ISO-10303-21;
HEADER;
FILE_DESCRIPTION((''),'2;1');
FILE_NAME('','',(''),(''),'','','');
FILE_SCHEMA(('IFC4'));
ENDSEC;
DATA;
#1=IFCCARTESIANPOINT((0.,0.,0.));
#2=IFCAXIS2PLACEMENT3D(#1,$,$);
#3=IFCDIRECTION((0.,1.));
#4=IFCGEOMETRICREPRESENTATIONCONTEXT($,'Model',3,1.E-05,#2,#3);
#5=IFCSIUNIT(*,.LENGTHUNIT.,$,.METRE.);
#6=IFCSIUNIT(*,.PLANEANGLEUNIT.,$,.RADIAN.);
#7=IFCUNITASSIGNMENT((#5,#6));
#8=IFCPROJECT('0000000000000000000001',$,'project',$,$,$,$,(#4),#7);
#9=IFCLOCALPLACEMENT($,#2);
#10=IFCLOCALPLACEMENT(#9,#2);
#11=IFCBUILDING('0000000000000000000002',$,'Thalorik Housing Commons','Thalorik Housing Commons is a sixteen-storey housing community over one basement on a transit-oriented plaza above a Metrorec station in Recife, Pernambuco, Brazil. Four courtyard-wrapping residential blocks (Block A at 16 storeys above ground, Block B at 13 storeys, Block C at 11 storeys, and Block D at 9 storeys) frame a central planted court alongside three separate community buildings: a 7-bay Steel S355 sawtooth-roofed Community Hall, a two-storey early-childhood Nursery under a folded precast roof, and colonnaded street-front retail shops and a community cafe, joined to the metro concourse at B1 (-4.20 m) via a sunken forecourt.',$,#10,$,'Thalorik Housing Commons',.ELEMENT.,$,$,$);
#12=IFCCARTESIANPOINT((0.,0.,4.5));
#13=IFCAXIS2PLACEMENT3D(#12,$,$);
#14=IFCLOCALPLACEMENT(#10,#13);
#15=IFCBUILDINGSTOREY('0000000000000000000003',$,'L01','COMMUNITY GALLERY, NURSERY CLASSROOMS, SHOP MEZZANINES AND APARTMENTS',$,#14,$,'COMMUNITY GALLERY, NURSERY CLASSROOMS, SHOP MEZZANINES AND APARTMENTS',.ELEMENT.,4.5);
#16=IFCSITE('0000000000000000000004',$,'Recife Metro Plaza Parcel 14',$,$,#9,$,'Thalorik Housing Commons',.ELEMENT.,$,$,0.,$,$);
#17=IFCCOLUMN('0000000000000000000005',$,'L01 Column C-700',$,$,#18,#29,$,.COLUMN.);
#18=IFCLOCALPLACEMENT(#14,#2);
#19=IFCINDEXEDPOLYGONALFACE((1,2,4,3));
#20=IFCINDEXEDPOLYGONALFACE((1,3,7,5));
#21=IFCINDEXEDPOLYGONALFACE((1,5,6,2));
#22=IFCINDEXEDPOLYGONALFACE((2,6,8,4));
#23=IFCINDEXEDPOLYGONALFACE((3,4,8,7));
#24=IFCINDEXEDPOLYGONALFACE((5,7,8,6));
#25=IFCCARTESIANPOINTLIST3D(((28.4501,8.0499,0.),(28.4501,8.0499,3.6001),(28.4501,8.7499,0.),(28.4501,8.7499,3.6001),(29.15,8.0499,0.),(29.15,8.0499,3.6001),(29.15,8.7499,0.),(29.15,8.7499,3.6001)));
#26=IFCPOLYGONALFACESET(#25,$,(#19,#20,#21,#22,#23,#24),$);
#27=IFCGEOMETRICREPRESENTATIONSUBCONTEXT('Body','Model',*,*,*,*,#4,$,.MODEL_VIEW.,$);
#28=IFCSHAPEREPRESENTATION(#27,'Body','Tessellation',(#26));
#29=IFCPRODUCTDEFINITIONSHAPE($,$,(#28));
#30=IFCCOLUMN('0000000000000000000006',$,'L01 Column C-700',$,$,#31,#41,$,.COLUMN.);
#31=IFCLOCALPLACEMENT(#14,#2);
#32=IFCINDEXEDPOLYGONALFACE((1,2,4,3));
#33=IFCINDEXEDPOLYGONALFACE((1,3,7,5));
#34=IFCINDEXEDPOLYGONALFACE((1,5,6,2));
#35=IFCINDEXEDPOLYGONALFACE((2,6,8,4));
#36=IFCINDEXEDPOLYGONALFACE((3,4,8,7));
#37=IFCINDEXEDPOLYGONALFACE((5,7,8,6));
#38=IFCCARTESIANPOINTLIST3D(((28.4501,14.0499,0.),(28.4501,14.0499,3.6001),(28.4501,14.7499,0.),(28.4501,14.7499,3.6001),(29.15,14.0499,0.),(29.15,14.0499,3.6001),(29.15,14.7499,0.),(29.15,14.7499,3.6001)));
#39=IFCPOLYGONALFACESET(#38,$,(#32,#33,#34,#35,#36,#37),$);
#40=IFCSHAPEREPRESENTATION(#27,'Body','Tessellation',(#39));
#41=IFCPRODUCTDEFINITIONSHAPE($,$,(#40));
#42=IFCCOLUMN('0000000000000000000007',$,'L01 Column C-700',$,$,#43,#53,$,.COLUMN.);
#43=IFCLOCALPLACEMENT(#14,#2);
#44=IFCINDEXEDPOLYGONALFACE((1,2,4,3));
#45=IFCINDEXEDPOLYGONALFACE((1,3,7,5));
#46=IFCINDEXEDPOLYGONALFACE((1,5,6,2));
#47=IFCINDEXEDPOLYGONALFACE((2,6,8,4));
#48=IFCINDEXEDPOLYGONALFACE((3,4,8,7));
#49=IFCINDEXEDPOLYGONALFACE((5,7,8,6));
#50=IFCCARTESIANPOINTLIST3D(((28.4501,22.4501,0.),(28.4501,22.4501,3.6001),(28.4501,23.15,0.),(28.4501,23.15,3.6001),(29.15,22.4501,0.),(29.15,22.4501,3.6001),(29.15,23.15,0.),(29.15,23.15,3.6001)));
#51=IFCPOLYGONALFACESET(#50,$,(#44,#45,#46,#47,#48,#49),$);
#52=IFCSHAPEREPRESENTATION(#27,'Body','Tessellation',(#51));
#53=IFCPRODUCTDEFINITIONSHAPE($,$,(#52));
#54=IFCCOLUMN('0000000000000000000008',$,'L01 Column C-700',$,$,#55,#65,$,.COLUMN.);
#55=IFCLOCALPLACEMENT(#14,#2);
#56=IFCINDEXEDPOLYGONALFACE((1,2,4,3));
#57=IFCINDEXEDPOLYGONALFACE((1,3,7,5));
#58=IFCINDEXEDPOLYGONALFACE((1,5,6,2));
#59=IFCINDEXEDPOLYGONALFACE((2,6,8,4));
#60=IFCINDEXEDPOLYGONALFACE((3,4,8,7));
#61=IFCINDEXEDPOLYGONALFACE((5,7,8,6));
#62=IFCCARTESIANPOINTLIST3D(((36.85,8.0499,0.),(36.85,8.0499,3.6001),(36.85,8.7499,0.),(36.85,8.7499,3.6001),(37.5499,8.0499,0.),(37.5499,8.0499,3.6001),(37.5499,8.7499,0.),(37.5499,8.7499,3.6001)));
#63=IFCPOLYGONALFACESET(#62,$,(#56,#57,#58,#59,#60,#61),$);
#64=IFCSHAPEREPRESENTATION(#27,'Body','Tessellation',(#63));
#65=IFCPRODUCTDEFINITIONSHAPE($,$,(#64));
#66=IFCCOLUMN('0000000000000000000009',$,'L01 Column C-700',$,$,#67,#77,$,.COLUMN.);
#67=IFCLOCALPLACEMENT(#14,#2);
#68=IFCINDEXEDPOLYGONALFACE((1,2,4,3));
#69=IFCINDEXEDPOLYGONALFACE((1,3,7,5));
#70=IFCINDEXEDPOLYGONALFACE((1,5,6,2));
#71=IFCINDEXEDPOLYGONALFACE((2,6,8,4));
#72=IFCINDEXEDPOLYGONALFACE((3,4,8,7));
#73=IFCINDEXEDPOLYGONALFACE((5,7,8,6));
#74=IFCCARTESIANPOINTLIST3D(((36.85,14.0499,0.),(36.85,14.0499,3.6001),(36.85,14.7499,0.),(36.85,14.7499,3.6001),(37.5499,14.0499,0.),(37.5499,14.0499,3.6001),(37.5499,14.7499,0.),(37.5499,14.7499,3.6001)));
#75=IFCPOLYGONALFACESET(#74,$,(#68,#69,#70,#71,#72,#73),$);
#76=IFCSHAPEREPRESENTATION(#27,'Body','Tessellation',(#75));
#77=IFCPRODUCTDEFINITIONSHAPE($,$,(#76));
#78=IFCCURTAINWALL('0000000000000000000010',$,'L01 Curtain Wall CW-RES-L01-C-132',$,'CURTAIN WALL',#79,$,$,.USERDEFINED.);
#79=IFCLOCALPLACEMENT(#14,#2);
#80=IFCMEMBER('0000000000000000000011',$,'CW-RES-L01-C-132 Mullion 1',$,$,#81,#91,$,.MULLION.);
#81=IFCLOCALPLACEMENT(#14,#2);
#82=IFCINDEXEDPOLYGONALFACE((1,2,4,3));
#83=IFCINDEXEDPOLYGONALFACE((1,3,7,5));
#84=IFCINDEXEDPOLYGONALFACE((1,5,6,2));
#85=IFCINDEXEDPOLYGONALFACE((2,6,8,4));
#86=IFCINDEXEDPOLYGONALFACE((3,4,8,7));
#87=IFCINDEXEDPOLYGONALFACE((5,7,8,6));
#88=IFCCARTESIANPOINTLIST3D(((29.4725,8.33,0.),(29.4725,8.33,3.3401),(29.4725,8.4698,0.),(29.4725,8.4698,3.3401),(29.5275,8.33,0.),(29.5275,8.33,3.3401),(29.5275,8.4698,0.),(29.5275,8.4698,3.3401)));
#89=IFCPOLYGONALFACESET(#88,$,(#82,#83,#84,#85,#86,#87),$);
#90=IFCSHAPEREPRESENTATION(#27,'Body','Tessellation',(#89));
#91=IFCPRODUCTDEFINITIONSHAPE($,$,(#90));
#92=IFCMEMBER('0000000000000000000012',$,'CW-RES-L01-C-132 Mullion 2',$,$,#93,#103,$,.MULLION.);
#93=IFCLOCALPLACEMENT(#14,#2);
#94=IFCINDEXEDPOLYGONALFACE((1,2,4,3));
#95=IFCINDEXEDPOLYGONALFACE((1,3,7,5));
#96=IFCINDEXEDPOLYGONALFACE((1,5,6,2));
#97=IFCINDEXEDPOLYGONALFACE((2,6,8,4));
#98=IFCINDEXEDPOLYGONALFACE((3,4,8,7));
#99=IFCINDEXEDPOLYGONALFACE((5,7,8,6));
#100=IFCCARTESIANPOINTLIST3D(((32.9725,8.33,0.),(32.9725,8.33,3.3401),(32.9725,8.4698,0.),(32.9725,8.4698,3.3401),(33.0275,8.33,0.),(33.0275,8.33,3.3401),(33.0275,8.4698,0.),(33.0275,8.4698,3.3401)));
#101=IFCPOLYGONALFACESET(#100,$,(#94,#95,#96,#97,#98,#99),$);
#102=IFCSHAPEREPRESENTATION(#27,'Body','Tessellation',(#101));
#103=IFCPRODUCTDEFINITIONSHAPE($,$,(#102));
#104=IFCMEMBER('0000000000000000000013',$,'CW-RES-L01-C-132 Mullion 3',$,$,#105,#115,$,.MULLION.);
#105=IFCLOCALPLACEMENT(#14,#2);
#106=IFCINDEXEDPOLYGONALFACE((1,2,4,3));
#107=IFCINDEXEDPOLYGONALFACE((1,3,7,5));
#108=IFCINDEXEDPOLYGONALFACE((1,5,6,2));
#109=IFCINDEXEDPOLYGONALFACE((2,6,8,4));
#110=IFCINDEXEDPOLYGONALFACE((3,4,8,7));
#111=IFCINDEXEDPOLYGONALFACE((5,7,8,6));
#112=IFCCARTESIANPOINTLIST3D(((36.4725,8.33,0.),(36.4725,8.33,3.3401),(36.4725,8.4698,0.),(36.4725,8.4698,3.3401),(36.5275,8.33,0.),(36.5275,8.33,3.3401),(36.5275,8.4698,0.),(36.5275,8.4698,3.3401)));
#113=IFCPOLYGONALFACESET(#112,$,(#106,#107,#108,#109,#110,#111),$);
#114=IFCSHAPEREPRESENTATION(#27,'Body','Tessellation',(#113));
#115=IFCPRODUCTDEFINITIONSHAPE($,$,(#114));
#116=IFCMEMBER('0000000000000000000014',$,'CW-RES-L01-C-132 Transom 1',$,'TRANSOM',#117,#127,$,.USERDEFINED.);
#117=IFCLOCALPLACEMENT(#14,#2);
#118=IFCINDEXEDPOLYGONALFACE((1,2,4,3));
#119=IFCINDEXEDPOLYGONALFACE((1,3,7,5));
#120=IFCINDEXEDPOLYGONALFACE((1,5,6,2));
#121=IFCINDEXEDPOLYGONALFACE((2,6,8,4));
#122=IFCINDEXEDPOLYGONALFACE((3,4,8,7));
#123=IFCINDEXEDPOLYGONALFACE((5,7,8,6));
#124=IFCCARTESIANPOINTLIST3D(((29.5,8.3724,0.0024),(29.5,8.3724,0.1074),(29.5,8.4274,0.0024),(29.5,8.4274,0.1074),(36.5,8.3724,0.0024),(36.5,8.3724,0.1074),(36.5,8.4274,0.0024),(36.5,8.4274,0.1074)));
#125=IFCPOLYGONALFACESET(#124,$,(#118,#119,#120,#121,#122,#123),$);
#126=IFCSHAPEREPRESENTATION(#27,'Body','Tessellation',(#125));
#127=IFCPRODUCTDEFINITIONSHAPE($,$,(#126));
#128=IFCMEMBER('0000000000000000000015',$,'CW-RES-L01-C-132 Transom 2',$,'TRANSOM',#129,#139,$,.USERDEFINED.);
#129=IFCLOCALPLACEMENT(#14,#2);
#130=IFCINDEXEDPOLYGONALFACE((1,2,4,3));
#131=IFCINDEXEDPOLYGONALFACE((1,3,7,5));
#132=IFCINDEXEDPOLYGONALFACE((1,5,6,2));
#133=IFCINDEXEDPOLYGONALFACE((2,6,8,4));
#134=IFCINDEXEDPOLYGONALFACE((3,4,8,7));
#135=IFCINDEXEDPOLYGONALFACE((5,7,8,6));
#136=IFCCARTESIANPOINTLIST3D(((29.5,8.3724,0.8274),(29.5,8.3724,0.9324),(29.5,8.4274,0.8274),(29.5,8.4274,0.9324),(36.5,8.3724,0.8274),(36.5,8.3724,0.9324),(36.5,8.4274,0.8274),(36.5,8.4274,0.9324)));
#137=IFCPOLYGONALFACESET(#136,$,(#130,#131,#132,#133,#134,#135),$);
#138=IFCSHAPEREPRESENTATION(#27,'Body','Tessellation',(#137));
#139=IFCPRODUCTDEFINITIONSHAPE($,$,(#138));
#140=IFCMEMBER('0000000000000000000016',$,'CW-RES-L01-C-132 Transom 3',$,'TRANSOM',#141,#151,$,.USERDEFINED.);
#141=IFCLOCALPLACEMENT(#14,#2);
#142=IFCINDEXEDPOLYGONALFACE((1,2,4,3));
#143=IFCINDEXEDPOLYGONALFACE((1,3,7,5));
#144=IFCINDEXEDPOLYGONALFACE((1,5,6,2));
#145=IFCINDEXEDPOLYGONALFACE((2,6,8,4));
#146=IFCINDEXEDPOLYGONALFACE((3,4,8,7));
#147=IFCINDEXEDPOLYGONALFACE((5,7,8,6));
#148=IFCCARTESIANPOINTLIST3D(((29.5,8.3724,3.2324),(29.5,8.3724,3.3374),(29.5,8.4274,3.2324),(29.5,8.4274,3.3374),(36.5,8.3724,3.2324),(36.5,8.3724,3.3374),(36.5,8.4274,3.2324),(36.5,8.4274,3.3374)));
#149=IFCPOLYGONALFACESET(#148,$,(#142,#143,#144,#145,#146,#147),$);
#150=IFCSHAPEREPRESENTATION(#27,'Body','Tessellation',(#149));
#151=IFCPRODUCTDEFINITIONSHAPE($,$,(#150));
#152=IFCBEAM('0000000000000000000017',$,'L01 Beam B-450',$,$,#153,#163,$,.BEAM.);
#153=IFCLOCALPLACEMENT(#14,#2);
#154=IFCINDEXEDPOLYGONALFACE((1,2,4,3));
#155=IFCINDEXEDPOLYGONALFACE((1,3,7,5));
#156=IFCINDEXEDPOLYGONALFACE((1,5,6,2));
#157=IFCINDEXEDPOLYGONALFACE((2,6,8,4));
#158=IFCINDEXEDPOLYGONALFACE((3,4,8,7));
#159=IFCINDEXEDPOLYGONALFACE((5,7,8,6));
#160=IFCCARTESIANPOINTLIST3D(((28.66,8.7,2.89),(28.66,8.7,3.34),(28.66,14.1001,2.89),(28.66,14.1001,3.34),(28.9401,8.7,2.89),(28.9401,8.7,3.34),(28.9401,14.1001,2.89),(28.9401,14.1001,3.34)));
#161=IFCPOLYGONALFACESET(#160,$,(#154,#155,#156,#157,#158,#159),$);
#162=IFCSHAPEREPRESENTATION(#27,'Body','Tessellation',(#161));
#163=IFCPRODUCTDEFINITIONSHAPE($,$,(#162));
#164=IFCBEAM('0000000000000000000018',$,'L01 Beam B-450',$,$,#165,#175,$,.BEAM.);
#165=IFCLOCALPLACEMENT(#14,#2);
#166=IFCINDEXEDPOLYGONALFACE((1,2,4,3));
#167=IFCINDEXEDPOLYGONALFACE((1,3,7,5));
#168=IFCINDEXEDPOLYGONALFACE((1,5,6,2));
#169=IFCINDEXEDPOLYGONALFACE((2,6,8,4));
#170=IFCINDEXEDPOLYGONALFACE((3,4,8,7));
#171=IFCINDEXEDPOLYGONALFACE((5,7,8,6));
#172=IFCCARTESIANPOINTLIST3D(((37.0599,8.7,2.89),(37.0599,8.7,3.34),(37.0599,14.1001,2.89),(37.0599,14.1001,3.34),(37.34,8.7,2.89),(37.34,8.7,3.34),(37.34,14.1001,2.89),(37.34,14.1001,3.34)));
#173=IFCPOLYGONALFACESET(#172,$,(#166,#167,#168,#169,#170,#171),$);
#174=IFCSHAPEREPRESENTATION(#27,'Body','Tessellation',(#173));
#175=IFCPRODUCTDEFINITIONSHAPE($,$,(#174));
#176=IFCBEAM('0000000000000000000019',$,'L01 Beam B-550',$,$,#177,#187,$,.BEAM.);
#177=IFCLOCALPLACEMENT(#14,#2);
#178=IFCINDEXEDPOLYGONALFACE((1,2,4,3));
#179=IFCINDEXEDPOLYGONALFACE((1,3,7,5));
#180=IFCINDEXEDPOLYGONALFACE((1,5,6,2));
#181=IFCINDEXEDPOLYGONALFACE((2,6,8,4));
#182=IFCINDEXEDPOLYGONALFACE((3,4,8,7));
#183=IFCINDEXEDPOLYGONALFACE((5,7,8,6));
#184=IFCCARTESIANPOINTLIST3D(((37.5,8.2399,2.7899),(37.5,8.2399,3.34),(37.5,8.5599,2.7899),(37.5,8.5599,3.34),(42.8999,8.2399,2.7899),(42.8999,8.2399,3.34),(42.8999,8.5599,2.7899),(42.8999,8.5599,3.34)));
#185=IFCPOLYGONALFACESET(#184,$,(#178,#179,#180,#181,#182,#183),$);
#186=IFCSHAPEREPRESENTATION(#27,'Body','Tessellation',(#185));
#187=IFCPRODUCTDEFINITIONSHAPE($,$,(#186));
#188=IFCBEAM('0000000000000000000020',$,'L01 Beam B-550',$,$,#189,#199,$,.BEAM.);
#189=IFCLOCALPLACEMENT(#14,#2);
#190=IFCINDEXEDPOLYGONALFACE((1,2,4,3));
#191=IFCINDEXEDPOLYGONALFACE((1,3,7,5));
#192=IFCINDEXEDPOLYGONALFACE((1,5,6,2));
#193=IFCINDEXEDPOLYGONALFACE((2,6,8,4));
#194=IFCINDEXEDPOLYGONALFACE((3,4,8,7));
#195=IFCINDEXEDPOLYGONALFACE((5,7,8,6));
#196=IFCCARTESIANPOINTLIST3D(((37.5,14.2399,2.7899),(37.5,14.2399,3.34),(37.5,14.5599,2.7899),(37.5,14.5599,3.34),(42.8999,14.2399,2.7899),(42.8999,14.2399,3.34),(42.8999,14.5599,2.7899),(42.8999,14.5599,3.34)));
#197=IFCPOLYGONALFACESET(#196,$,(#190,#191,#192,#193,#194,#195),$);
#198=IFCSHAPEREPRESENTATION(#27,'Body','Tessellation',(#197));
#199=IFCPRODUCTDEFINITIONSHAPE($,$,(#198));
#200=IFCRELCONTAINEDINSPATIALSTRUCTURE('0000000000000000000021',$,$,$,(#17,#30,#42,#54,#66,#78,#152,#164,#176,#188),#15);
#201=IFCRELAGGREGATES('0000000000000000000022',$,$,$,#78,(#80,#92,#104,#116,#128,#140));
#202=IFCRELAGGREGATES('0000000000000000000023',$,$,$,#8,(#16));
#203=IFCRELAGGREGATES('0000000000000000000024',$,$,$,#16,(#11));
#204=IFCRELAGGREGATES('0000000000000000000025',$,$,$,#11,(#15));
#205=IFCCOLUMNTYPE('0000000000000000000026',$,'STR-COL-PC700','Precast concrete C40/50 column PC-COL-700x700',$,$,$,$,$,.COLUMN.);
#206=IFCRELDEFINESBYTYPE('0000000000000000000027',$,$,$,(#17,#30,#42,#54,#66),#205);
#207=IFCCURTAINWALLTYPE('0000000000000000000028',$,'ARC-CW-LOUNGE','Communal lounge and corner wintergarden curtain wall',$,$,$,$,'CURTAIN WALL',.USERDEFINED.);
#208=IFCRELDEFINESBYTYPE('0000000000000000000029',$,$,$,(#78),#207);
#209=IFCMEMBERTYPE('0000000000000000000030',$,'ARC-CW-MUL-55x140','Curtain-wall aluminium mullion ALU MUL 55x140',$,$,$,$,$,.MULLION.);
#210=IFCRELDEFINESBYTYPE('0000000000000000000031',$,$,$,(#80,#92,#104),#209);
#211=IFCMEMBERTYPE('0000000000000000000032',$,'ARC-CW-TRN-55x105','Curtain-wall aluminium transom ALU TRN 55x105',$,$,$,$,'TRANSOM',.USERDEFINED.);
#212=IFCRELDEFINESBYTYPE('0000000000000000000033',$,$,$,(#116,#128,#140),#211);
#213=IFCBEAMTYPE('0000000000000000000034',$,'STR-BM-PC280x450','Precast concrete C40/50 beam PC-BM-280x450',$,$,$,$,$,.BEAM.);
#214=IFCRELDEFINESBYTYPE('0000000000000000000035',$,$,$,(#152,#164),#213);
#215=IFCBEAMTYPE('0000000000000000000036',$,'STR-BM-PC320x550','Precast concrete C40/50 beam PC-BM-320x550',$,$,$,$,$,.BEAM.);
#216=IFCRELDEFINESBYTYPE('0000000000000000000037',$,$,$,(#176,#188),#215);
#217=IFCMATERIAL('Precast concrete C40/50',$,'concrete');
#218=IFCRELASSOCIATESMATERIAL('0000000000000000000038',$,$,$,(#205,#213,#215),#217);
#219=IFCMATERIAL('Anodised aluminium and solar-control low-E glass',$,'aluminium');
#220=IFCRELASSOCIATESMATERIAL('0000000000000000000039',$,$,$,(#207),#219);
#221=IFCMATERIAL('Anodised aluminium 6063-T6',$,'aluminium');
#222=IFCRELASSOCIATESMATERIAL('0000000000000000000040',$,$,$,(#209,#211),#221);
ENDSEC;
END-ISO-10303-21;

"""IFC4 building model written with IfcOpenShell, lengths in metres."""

from ifc_helpers import new_model, si_unit, direction, frame, origin, origin_2d, place, context, subcontext, project, spatial, rectangle, extrude, material, material_profile, profile_set, type_object, element, aggregate, save


model = new_model("IFC4")

# Units and contexts
model_context = context("Model", 3, precision=1e-05, world=origin(), true_north=direction((0.0, 1.0)))
body_context = subcontext(model_context, "Body", "Model", "MODEL_VIEW")
ifc_project = project(units=[si_unit("LENGTHUNIT", "METRE"), si_unit("PLANEANGLEUNIT", "RADIAN")], contexts=[model_context])

# Site, building, storey
site_placement = place(None, origin())
site = spatial("IfcSite", under=ifc_project, at=site_placement, Name="Recife Metro Plaza Parcel 14", LongName="Thalorik Housing Commons", CompositionType="ELEMENT", RefElevation=0.0)
building_placement = place(site_placement, origin())
building = spatial("IfcBuilding", under=site, at=building_placement, Name="Thalorik Housing Commons", Description="Thalorik Housing Commons is a sixteen-storey housing community over one basement on a transit-oriented plaza above a Metrorec station in Recife, Pernambuco, Brazil. Four courtyard-wrapping residential blocks (Block A at 16 storeys above ground, Block B at 13 storeys, Block C at 11 storeys, and Block D at 9 storeys) frame a central planted court alongside three separate community buildings: a 7-bay Steel S355 sawtooth-roofed Community Hall, a two-storey early-childhood Nursery under a folded precast roof, and colonnaded street-front retail shops and a community cafe, joined to the metro concourse at B1 (-4.20 m) via a sunken forecourt.", LongName="Thalorik Housing Commons", CompositionType="ELEMENT")
storey_placement = place(building_placement, frame((0.0, 0.0, 4.5)))
storey = spatial("IfcBuildingStorey", under=building, at=storey_placement, Name="L01", Description="COMMUNITY GALLERY, NURSERY CLASSROOMS, SHOP MEZZANINES AND APARTMENTS", LongName="COMMUNITY GALLERY, NURSERY CLASSROOMS, SHOP MEZZANINES AND APARTMENTS", CompositionType="ELEMENT", Elevation=4.5)

# Columns
ifc_material_1 = material(Name="Precast concrete C40/50", Category="concrete")
ifc_material_profile_1 = material_profile(ifc_material_1, rectangle(XDim=0.7, YDim=0.7, at=origin_2d()), Name="PC 700x700", Category="concrete")
ifc_profile_set_1 = profile_set([ifc_material_profile_1], Name="Precast concrete C40/50")
column_type = type_object("IfcColumnType", Name="STR-COL-PC700", Description="Precast concrete C40/50 column PC-COL-700x700", PredefinedType="COLUMN", material=ifc_profile_set_1)
for number, where, z_axis, x_axis, name in (
    (1, (28.8, 8.3999, 0.0), (0.0, 0.0, 1.0), (1.0, 0.0, 0.0), "L01 Column C-700"),
    (2, (28.8, 14.3999, 0.0), (0.0, 0.0, 1.0), (1.0, 0.0, 0.0), "L01 Column C-700"),
    (3, (28.8, 22.8, 0.0), (0.0, 0.0, 1.0), (1.0, 0.0, 0.0), "L01 Column C-700"),
    (4, (37.2, 8.3999, 0.0), (0.0, 0.0, 1.0), (1.0, 0.0, 0.0), "L01 Column C-700"),
    (5, (37.2, 14.3999, 0.0), (0.0, 0.0, 1.0), (1.0, 0.0, 0.0), "L01 Column C-700"),
):
    element("IfcColumn", number, at=place(storey_placement, frame(where, z_axis=z_axis, x_axis=x_axis)), inside=storey, type_object=column_type, Name=name, PredefinedType="COLUMN", context=body_context, shape_type="SweptSolid", body=[
        extrude(rectangle(XDim=0.7, YDim=0.7, at=origin_2d()), origin(), (0.0, 0.0, 1.0), 3.6001),
    ])

# Curtain wall, members
ifc_material_2 = material(Name="Anodised aluminium and solar-control low-E glass", Category="aluminium")
curtain_wall_type = type_object("IfcCurtainWallType", Name="ARC-CW-LOUNGE", Description="Communal lounge and corner wintergarden curtain wall", ElementType="CURTAIN WALL", PredefinedType="USERDEFINED", material=ifc_material_2)
curtain_wall_placement = place(storey_placement, origin())
curtain_wall = element("IfcCurtainWall", 6, at=curtain_wall_placement, inside=storey, type_object=curtain_wall_type, Name="L01 Curtain Wall CW-RES-L01-C-132", ObjectType="CURTAIN WALL", PredefinedType="USERDEFINED")
ifc_material_3 = material(Name="Anodised aluminium 6063-T6", Category="aluminium")
ifc_material_profile_2 = material_profile(ifc_material_3, rectangle(XDim=0.0549, YDim=0.1399, at=origin_2d()), Name="ALU MUL 55x140", Category="aluminium")
ifc_profile_set_2 = profile_set([ifc_material_profile_2], Name="Anodised aluminium 6063-T6")
member_type_1 = type_object("IfcMemberType", Name="ARC-CW-MUL-55x140", Description="Curtain-wall aluminium mullion ALU MUL 55x140", PredefinedType="MULLION", material=ifc_profile_set_2)
member_1_placement = place(storey_placement, frame((29.5, 8.3999, 0.0), z_axis=(0.0, 0.0, 1.0), x_axis=(1.0, 0.0, 0.0)))
member_1 = element("IfcMember", 7, at=member_1_placement, type_object=member_type_1, Name="CW-RES-L01-C-132 Mullion 1", PredefinedType="MULLION", context=body_context, shape_type="SweptSolid", body=[
    extrude(rectangle(XDim=0.0549, YDim=0.1399, at=origin_2d()), origin(), (0.0, 0.0, 1.0), 3.3401),
])
member_2_placement = place(storey_placement, frame((33.0, 8.3999, 0.0), z_axis=(0.0, 0.0, 1.0), x_axis=(1.0, 0.0, 0.0)))
member_2 = element("IfcMember", 8, at=member_2_placement, type_object=member_type_1, Name="CW-RES-L01-C-132 Mullion 2", PredefinedType="MULLION", context=body_context, shape_type="SweptSolid", body=[
    extrude(rectangle(XDim=0.0549, YDim=0.1399, at=origin_2d()), origin(), (0.0, 0.0, 1.0), 3.3401),
])
member_3_placement = place(storey_placement, frame((36.5, 8.3999, 0.0), z_axis=(0.0, 0.0, 1.0), x_axis=(1.0, 0.0, 0.0)))
member_3 = element("IfcMember", 9, at=member_3_placement, type_object=member_type_1, Name="CW-RES-L01-C-132 Mullion 3", PredefinedType="MULLION", context=body_context, shape_type="SweptSolid", body=[
    extrude(rectangle(XDim=0.0549, YDim=0.1399, at=origin_2d()), origin(), (0.0, 0.0, 1.0), 3.3401),
])
ifc_material_profile_3 = material_profile(ifc_material_3, rectangle(XDim=0.0549, YDim=0.105, at=origin_2d()), Name="ALU TRN 55x105", Category="aluminium")
ifc_profile_set_3 = profile_set([ifc_material_profile_3], Name="Anodised aluminium 6063-T6")
member_type_2 = type_object("IfcMemberType", Name="ARC-CW-TRN-55x105", Description="Curtain-wall aluminium transom ALU TRN 55x105", ElementType="TRANSOM", PredefinedType="USERDEFINED", material=ifc_profile_set_3)
member_4_placement = place(storey_placement, frame((29.5, 8.3999, 0.0549), z_axis=(1.0, 0.0, 0.0), x_axis=(0.0, 1.0, 0.0)))
member_4 = element("IfcMember", 10, at=member_4_placement, type_object=member_type_2, Name="CW-RES-L01-C-132 Transom 1", ObjectType="TRANSOM", PredefinedType="USERDEFINED", context=body_context, shape_type="SweptSolid", body=[
    extrude(rectangle(XDim=0.0549, YDim=0.105, at=origin_2d()), origin(), (0.0, 0.0, 1.0), 7.0),
])
member_5_placement = place(storey_placement, frame((29.5, 8.3999, 0.8799), z_axis=(1.0, 0.0, 0.0), x_axis=(0.0, 1.0, 0.0)))
member_5 = element("IfcMember", 11, at=member_5_placement, type_object=member_type_2, Name="CW-RES-L01-C-132 Transom 2", ObjectType="TRANSOM", PredefinedType="USERDEFINED", context=body_context, shape_type="SweptSolid", body=[
    extrude(rectangle(XDim=0.0549, YDim=0.105, at=origin_2d()), origin(), (0.0, 0.0, 1.0), 7.0),
])
member_6_placement = place(storey_placement, frame((29.5, 8.3999, 3.2849), z_axis=(1.0, 0.0, 0.0), x_axis=(0.0, 1.0, 0.0)))
member_6 = element("IfcMember", 12, at=member_6_placement, type_object=member_type_2, Name="CW-RES-L01-C-132 Transom 3", ObjectType="TRANSOM", PredefinedType="USERDEFINED", context=body_context, shape_type="SweptSolid", body=[
    extrude(rectangle(XDim=0.0549, YDim=0.105, at=origin_2d()), origin(), (0.0, 0.0, 1.0), 7.0),
])

# Beams
ifc_material_profile_4 = material_profile(ifc_material_1, rectangle(XDim=0.28, YDim=0.45, at=origin_2d()), Name="PC 280x450", Category="concrete")
ifc_profile_set_4 = profile_set([ifc_material_profile_4], Name="Precast concrete C40/50")
beam_type_1 = type_object("IfcBeamType", Name="STR-BM-PC280x450", Description="Precast concrete C40/50 beam PC-BM-280x450", PredefinedType="BEAM", material=ifc_profile_set_4)
for number, where, z_axis, x_axis, name in (
    (13, (28.8, 8.7, 3.115), (0.0, 1.0, 0.0), (-1.0, 0.0, 0.0), "L01 Beam B-450"),
    (14, (37.2, 8.7, 3.115), (0.0, 1.0, 0.0), (-1.0, 0.0, 0.0), "L01 Beam B-450"),
):
    element("IfcBeam", number, at=place(storey_placement, frame(where, z_axis=z_axis, x_axis=x_axis)), inside=storey, type_object=beam_type_1, Name=name, PredefinedType="BEAM", context=body_context, shape_type="SweptSolid", body=[
        extrude(rectangle(XDim=0.28, YDim=0.45, at=origin_2d()), origin(), (0.0, 0.0, 1.0), 5.4001),
    ])
ifc_material_profile_5 = material_profile(ifc_material_1, rectangle(XDim=0.3201, YDim=0.55, at=origin_2d()), Name="PC 320x550", Category="concrete")
ifc_profile_set_5 = profile_set([ifc_material_profile_5], Name="Precast concrete C40/50")
beam_type_2 = type_object("IfcBeamType", Name="STR-BM-PC320x550", Description="Precast concrete C40/50 beam PC-BM-320x550", PredefinedType="BEAM", material=ifc_profile_set_5)
for number, where, z_axis, x_axis, name in (
    (15, (37.5, 8.3999, 3.0649), (1.0, 0.0, 0.0), (0.0, 1.0, 0.0), "L01 Beam B-550"),
    (16, (37.5, 14.3999, 3.0649), (1.0, 0.0, 0.0), (0.0, 1.0, 0.0), "L01 Beam B-550"),
):
    element("IfcBeam", number, at=place(storey_placement, frame(where, z_axis=z_axis, x_axis=x_axis)), inside=storey, type_object=beam_type_2, Name=name, PredefinedType="BEAM", context=body_context, shape_type="SweptSolid", body=[
        extrude(rectangle(XDim=0.3201, YDim=0.55, at=origin_2d()), origin(), (0.0, 0.0, 1.0), 5.3999),
    ])

aggregate(curtain_wall, [member_1, member_2, member_3, member_4, member_5, member_6])

save(model, "model.ifc")
